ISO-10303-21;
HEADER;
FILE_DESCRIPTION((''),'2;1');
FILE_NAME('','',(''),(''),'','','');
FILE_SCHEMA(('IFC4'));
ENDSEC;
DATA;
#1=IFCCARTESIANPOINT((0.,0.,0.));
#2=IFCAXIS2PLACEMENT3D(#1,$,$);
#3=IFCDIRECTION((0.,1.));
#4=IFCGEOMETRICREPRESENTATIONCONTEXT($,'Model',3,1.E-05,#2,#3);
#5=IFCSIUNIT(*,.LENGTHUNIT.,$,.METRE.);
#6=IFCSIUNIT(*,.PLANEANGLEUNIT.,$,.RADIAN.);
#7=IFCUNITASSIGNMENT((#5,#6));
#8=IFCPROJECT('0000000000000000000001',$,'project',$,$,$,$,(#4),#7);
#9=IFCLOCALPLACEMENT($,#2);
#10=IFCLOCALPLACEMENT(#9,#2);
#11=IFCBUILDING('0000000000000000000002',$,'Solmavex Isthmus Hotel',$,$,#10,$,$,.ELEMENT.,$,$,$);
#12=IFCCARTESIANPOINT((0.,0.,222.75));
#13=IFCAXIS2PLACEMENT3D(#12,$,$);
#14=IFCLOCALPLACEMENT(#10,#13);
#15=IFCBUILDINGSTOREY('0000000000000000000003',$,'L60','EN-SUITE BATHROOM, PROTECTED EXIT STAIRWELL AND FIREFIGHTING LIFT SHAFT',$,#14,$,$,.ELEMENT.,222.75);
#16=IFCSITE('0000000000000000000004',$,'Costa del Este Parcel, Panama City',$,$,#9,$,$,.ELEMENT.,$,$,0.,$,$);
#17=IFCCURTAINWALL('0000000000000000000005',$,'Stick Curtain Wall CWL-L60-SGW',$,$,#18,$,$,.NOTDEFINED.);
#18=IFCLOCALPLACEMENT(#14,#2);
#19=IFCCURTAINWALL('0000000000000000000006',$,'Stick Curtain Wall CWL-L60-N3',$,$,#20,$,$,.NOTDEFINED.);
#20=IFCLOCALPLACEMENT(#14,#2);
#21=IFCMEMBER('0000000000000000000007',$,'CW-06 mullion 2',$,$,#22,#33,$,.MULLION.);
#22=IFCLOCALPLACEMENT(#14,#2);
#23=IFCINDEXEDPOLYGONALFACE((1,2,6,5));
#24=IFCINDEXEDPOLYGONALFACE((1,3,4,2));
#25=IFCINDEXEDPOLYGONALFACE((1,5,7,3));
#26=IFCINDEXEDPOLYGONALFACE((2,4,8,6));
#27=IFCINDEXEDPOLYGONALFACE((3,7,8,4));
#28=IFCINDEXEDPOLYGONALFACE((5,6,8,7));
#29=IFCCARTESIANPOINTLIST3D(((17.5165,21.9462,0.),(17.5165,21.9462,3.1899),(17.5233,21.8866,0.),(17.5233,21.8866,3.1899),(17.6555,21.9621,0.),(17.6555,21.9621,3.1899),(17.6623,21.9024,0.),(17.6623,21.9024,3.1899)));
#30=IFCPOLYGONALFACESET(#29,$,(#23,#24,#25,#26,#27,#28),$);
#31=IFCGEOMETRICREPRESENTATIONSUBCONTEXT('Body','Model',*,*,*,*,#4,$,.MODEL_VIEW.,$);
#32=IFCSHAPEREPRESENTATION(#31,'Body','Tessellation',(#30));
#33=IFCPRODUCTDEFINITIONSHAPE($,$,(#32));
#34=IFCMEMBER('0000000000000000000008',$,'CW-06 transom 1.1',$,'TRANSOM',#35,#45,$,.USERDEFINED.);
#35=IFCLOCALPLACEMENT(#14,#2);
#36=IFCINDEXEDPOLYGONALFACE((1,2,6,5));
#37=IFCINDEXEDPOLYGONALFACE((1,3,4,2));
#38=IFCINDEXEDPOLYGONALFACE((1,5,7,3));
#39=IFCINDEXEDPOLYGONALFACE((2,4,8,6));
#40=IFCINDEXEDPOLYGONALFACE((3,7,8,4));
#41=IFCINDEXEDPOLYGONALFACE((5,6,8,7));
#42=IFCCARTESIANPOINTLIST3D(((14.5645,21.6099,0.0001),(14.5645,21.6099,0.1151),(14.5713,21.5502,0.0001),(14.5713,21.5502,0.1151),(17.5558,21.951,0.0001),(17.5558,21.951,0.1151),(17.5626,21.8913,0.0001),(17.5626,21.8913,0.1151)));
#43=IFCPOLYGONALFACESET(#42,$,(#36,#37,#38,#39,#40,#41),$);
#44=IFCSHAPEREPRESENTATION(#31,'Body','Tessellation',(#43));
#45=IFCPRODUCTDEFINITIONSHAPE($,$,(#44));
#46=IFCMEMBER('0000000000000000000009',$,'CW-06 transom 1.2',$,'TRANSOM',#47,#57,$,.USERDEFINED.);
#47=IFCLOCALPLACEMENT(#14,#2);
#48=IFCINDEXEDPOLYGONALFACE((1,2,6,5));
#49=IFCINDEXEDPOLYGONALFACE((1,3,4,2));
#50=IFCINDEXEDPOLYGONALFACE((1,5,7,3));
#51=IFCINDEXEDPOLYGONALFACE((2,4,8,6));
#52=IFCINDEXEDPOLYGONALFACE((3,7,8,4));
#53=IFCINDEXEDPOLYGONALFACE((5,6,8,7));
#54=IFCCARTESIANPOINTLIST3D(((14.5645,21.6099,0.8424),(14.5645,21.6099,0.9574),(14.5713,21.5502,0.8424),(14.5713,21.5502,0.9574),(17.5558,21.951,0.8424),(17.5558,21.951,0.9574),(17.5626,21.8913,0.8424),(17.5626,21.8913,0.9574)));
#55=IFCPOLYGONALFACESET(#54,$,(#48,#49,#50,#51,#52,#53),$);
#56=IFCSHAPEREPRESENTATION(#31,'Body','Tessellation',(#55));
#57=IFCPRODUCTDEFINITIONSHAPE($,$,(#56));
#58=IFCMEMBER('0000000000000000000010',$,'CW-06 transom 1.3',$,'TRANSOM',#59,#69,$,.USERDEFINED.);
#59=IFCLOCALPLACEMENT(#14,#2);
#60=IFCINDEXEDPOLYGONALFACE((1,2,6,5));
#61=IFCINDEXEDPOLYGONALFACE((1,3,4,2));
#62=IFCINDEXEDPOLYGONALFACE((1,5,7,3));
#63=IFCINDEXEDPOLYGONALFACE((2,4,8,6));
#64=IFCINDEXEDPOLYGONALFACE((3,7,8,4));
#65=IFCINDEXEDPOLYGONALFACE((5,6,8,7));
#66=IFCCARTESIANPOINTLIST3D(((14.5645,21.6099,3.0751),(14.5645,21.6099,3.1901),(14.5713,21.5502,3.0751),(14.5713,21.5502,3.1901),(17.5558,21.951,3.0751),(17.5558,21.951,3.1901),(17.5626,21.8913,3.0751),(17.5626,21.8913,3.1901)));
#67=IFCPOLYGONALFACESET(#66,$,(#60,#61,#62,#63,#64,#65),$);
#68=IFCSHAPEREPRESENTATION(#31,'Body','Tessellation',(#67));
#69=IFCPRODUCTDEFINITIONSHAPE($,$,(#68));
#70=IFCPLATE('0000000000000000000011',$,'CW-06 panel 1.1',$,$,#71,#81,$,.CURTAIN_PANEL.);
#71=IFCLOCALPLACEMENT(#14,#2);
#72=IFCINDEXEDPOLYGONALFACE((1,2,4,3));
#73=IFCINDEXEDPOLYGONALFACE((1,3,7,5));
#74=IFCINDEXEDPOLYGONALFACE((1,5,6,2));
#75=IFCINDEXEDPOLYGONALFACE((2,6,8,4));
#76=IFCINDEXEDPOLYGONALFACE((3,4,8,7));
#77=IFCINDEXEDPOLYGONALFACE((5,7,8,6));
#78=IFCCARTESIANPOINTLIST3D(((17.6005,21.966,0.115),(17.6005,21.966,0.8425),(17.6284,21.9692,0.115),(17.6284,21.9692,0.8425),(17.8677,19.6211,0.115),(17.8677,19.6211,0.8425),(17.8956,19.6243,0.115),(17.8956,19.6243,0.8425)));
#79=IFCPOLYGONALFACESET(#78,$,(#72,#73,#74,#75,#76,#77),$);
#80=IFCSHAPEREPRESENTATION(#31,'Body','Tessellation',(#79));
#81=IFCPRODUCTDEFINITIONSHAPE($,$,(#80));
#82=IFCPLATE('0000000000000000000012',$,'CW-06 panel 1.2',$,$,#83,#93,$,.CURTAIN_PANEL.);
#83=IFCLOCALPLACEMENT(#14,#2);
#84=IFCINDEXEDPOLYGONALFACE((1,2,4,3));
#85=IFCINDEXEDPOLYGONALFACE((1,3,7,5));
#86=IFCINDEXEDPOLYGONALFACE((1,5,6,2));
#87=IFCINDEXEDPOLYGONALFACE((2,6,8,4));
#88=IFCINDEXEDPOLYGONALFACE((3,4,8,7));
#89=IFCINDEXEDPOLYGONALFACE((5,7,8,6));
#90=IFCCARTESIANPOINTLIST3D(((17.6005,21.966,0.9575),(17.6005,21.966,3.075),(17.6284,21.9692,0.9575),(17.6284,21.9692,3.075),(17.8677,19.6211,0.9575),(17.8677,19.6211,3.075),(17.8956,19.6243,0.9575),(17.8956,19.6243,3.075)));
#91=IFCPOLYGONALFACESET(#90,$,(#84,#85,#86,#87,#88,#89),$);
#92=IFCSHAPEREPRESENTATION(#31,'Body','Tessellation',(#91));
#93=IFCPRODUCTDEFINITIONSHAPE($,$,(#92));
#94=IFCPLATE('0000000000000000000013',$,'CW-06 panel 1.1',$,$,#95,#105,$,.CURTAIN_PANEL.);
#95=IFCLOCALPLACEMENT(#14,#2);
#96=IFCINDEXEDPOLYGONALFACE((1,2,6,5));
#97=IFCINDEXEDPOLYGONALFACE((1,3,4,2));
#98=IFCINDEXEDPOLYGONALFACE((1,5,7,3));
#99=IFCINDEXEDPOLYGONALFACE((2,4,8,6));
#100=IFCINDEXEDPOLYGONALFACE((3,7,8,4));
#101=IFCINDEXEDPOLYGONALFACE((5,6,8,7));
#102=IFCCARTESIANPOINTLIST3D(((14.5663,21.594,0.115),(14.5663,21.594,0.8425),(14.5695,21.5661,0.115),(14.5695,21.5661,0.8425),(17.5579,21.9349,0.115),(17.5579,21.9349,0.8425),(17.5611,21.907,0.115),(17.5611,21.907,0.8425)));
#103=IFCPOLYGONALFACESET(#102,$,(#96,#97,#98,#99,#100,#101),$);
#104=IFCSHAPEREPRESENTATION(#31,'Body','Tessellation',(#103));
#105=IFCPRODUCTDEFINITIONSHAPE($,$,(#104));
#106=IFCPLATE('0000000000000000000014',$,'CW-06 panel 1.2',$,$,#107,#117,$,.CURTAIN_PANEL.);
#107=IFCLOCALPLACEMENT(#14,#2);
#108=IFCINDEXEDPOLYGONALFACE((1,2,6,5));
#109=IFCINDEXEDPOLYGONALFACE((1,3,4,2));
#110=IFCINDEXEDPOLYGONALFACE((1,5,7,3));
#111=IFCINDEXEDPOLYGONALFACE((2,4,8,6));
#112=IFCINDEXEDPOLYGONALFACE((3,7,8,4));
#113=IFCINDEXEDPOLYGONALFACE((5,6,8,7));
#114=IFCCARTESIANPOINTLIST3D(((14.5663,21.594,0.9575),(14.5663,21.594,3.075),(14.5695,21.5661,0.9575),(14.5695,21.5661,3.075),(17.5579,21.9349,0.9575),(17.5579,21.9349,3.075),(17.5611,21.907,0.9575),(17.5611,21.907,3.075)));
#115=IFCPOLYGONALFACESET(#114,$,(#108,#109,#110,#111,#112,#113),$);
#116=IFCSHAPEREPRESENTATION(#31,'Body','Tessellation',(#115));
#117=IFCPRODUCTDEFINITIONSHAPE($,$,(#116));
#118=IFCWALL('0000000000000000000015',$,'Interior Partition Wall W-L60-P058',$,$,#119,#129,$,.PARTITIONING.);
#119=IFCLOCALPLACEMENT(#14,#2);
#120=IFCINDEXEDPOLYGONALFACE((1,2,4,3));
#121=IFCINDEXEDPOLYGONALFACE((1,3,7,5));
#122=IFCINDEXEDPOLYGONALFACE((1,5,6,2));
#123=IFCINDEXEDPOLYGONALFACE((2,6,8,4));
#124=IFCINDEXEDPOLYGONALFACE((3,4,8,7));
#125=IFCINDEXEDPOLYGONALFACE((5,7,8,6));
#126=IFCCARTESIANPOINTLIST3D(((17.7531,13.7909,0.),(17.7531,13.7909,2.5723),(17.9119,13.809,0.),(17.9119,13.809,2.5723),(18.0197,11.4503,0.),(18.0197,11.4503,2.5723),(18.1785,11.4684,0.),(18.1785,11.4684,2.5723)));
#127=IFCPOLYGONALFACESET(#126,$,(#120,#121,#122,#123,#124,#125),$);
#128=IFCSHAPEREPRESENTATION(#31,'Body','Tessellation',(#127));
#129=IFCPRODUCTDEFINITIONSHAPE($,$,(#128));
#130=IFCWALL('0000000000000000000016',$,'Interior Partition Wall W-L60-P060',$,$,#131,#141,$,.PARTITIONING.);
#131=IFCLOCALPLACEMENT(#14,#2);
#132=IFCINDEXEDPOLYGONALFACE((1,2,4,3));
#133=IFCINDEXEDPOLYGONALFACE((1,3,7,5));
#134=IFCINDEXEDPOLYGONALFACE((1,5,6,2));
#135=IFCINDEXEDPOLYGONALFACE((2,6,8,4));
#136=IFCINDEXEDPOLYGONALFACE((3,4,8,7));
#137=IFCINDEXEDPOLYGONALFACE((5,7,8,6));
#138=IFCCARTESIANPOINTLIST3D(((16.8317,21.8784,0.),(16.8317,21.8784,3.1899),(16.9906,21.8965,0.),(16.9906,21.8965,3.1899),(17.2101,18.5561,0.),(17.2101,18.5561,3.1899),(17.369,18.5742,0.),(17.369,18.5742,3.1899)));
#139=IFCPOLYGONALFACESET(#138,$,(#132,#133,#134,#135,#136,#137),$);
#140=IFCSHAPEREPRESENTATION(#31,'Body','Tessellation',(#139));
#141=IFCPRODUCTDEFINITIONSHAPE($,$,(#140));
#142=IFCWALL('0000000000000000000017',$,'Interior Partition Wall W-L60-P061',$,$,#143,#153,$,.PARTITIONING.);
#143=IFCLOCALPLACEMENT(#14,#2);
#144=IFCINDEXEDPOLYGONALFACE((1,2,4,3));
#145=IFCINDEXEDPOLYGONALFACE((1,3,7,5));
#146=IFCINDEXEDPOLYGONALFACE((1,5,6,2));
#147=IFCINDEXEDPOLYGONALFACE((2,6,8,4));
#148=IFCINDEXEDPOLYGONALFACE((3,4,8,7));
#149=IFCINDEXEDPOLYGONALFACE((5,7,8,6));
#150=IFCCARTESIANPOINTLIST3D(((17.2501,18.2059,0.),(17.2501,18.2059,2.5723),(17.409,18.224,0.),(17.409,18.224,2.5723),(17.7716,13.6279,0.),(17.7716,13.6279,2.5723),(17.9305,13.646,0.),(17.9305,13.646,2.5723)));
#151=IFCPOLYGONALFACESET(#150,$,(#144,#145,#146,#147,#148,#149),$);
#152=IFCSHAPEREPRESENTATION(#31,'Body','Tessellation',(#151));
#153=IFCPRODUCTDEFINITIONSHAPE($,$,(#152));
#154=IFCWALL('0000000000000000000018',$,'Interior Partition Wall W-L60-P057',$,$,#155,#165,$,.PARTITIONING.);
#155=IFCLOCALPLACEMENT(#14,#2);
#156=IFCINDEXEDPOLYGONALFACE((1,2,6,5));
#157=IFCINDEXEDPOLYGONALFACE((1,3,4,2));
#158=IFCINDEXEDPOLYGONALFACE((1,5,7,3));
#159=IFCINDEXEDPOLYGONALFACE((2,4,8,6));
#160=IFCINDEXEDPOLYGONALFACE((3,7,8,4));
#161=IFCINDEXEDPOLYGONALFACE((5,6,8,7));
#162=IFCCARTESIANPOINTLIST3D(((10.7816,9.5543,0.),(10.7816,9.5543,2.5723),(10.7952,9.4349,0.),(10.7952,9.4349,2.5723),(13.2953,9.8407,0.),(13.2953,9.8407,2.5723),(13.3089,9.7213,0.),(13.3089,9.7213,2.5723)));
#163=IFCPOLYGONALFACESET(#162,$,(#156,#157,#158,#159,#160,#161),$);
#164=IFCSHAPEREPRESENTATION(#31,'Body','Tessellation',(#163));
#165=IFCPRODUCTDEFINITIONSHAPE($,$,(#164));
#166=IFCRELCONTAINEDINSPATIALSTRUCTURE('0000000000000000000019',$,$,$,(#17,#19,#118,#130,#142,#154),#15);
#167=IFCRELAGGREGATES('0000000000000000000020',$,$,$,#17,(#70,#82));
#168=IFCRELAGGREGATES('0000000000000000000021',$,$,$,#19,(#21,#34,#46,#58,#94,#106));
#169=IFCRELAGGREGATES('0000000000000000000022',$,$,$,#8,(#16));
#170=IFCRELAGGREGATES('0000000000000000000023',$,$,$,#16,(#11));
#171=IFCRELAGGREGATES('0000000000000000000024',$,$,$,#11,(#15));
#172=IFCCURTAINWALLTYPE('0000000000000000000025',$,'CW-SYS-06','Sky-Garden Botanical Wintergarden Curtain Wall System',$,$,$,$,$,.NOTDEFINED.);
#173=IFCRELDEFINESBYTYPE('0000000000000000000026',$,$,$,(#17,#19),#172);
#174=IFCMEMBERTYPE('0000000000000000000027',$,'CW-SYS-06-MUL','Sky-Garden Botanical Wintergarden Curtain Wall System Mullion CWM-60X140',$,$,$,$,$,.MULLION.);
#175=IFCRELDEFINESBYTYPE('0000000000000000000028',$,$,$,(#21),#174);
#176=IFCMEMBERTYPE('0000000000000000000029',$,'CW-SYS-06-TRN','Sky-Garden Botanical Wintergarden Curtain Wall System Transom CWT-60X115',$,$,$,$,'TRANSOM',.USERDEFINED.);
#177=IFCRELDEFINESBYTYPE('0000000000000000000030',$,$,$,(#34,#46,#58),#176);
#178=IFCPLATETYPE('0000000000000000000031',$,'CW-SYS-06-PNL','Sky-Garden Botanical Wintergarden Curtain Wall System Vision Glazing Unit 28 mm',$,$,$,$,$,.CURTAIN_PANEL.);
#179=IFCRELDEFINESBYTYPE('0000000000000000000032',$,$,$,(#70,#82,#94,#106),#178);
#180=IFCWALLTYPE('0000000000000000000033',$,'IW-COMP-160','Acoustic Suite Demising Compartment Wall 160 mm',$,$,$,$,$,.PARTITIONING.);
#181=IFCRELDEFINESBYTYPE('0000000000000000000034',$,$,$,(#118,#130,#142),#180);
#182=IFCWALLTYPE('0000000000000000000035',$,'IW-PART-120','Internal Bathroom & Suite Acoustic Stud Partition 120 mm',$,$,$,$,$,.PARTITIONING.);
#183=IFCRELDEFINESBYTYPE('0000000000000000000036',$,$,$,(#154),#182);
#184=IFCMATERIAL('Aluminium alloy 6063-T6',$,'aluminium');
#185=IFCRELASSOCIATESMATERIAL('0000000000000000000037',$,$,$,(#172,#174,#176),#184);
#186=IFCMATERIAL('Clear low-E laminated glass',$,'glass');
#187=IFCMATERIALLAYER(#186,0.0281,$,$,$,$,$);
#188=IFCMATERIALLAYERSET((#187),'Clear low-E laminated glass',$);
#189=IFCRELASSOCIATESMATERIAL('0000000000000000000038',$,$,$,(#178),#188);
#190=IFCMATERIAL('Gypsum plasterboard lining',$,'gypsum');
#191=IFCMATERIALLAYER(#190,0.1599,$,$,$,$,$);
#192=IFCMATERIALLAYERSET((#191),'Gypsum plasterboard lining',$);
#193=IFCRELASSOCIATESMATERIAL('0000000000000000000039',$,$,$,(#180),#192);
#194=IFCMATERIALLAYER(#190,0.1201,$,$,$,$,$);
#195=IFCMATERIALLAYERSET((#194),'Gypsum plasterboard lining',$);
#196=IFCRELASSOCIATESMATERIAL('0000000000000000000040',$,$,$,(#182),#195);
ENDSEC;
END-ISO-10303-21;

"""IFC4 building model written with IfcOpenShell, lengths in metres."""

from ifc_helpers import new_model, si_unit, direction, frame, frame_2d, origin, origin_2d, place, context, subcontext, project, spatial, rectangle, extrude, material, layer, layer_set, material_profile, profile_set, type_object, element, aggregate, save


model = new_model("IFC4")

# Units and contexts
model_context = context("Model", 3, precision=1e-05, world=origin(), true_north=direction((0.0, 1.0)))
body_context = subcontext(model_context, "Body", "Model", "MODEL_VIEW")
ifc_project = project(units=[si_unit("LENGTHUNIT", "METRE"), si_unit("PLANEANGLEUNIT", "RADIAN")], contexts=[model_context])

# Site, building, storey
site_placement = place(None, origin())
site = spatial("IfcSite", under=ifc_project, at=site_placement, Name="Costa del Este Parcel, Panama City", CompositionType="ELEMENT", RefElevation=0.0)
building_placement = place(site_placement, origin())
building = spatial("IfcBuilding", under=site, at=building_placement, Name="Solmavex Isthmus Hotel", CompositionType="ELEMENT")
storey_placement = place(building_placement, frame((0.0, 0.0, 222.75)))
storey = spatial("IfcBuildingStorey", under=building, at=storey_placement, Name="L60", Description="EN-SUITE BATHROOM, PROTECTED EXIT STAIRWELL AND FIREFIGHTING LIFT SHAFT", CompositionType="ELEMENT", Elevation=222.75)

# Curtain wall
ifc_material_1 = material(Name="Aluminium alloy 6063-T6", Category="aluminium")
curtain_wall_type = type_object("IfcCurtainWallType", Name="CW-SYS-06", Description="Sky-Garden Botanical Wintergarden Curtain Wall System", PredefinedType="NOTDEFINED", material=ifc_material_1)
curtain_wall_1_placement = place(storey_placement, origin())
curtain_wall_1 = element("IfcCurtainWall", 1, at=curtain_wall_1_placement, inside=storey, type_object=curtain_wall_type, Name="Stick Curtain Wall CWL-L60-SGW", PredefinedType="NOTDEFINED")
ifc_material_profile_1 = material_profile(ifc_material_1, rectangle(XDim=0.0601, YDim=0.1399, at=origin_2d()), Name="CWM-60X140")
ifc_profile_set_1 = profile_set([ifc_material_profile_1], Name="Aluminium alloy 6063-T6")
member_type_1 = type_object("IfcMemberType", Name="CW-SYS-06-MUL", Description="Sky-Garden Botanical Wintergarden Curtain Wall System Mullion CWM-60X140", PredefinedType="MULLION", material=ifc_profile_set_1)

# Curtain wall, members
curtain_wall_2_placement = place(storey_placement, origin())
curtain_wall_2 = element("IfcCurtainWall", 2, at=curtain_wall_2_placement, inside=storey, type_object=curtain_wall_type, Name="Stick Curtain Wall CWL-L60-N3", PredefinedType="NOTDEFINED")
member_1_placement = place(storey_placement, frame((17.5894, 21.9243, 0.0), z_axis=(0.0, 0.0, 1.0), x_axis=(-0.113203, 0.993572, 0.0)))
member_1 = element("IfcMember", 3, at=member_1_placement, type_object=member_type_1, Name="CW-06 mullion 2", PredefinedType="MULLION", context=body_context, shape_type="SweptSolid", body=[
    extrude(rectangle(XDim=0.0601, YDim=0.1399, at=origin_2d()), origin(), (0.0, 0.0, 1.0), 3.1899),
])
ifc_material_profile_2 = material_profile(ifc_material_1, rectangle(XDim=0.0601, YDim=0.115, at=origin_2d()), Name="CWT-60X115")
ifc_profile_set_2 = profile_set([ifc_material_profile_2], Name="Aluminium alloy 6063-T6")
member_type_2 = type_object("IfcMemberType", Name="CW-SYS-06-TRN", Description="Sky-Garden Botanical Wintergarden Curtain Wall System Transom CWT-60X115", ElementType="TRANSOM", PredefinedType="USERDEFINED", material=ifc_profile_set_2)
member_2_placement = place(storey_placement, frame((14.5679, 21.5801, 0.0576), z_axis=(0.993563, 0.113279, 0.0), x_axis=(-0.113279, 0.993563, 0.0)))
member_2 = element("IfcMember", 4, at=member_2_placement, type_object=member_type_2, Name="CW-06 transom 1.1", ObjectType="TRANSOM", PredefinedType="USERDEFINED", context=body_context, shape_type="SweptSolid", body=[
    extrude(rectangle(XDim=0.0601, YDim=0.115, at=origin_2d()), origin(), (0.0, 0.0, 1.0), 3.0107),
])
member_3_placement = place(storey_placement, frame((14.5679, 21.5801, 0.8999), z_axis=(0.993563, 0.113279, 0.0), x_axis=(-0.113279, 0.993563, 0.0)))
member_3 = element("IfcMember", 5, at=member_3_placement, type_object=member_type_2, Name="CW-06 transom 1.2", ObjectType="TRANSOM", PredefinedType="USERDEFINED", context=body_context, shape_type="SweptSolid", body=[
    extrude(rectangle(XDim=0.0601, YDim=0.115, at=origin_2d()), origin(), (0.0, 0.0, 1.0), 3.0107),
])
member_4_placement = place(storey_placement, frame((14.5679, 21.5801, 3.1326), z_axis=(0.993563, 0.113279, 0.0), x_axis=(-0.113279, 0.993563, 0.0)))
member_4 = element("IfcMember", 6, at=member_4_placement, type_object=member_type_2, Name="CW-06 transom 1.3", ObjectType="TRANSOM", PredefinedType="USERDEFINED", context=body_context, shape_type="SweptSolid", body=[
    extrude(rectangle(XDim=0.0601, YDim=0.115, at=origin_2d()), origin(), (0.0, 0.0, 1.0), 3.0107),
])

# Plates
ifc_material_2 = material(Name="Clear low-E laminated glass", Category="glass")
ifc_layer_1 = layer(ifc_material_2, 0.0281)
ifc_layer_set_1 = layer_set([ifc_layer_1], Name="Clear low-E laminated glass")
plate_type = type_object("IfcPlateType", Name="CW-SYS-06-PNL", Description="Sky-Garden Botanical Wintergarden Curtain Wall System Vision Glazing Unit 28 mm", PredefinedType="CURTAIN_PANEL", material=ifc_layer_set_1)
plate_1_placement = place(storey_placement, frame((17.748, 20.7952, 0.115), z_axis=(0.0, 0.0, 1.0), x_axis=(-0.113202, 0.993572, 0.0)))
plate_1 = element("IfcPlate", 7, at=plate_1_placement, type_object=plate_type, Name="CW-06 panel 1.1", PredefinedType="CURTAIN_PANEL", context=body_context, shape_type="SweptSolid", body=[
    extrude(rectangle(XDim=2.3601, YDim=0.0281, at=origin_2d()), origin(), (0.0, 0.0, 1.0), 0.7275),
])
plate_2_placement = place(storey_placement, frame((17.748, 20.7952, 0.9575), z_axis=(0.0, 0.0, 1.0), x_axis=(-0.113202, 0.993572, 0.0)))
plate_2 = element("IfcPlate", 8, at=plate_2_placement, type_object=plate_type, Name="CW-06 panel 1.2", PredefinedType="CURTAIN_PANEL", context=body_context, shape_type="SweptSolid", body=[
    extrude(rectangle(XDim=2.3601, YDim=0.0281, at=origin_2d()), origin(), (0.0, 0.0, 1.0), 2.1174),
])
aggregate(curtain_wall_1, [plate_1, plate_2])
plate_3_placement = place(storey_placement, frame((16.0637, 21.7505, 0.115), z_axis=(0.0, 0.0, 1.0), x_axis=(0.993572, 0.113203, 0.0)))
plate_3 = element("IfcPlate", 9, at=plate_3_placement, type_object=plate_type, Name="CW-06 panel 1.1", PredefinedType="CURTAIN_PANEL", context=body_context, shape_type="SweptSolid", body=[
    extrude(rectangle(XDim=3.011, YDim=0.0281, at=origin_2d()), origin(), (0.0, 0.0, 1.0), 0.7275),
])
plate_4_placement = place(storey_placement, frame((16.0637, 21.7505, 0.9575), z_axis=(0.0, 0.0, 1.0), x_axis=(0.993572, 0.113203, 0.0)))
plate_4 = element("IfcPlate", 10, at=plate_4_placement, type_object=plate_type, Name="CW-06 panel 1.2", PredefinedType="CURTAIN_PANEL", context=body_context, shape_type="SweptSolid", body=[
    extrude(rectangle(XDim=3.011, YDim=0.0281, at=origin_2d()), origin(), (0.0, 0.0, 1.0), 2.1174),
])
aggregate(curtain_wall_2, [member_1, member_2, member_3, member_4, plate_3, plate_4])

# Walls
ifc_material_3 = material(Name="Gypsum plasterboard lining", Category="gypsum")
ifc_layer_2 = layer(ifc_material_3, 0.1599)
ifc_layer_set_2 = layer_set([ifc_layer_2], Name="Gypsum plasterboard lining")
wall_type_1 = type_object("IfcWallType", Name="IW-COMP-160", Description="Acoustic Suite Demising Compartment Wall 160 mm", PredefinedType="PARTITIONING", material=ifc_layer_set_2)
wall_1_placement = place(storey_placement, frame((17.8325, 13.7998, 0.0), z_axis=(0.0, 0.0, 1.0), x_axis=(0.113172, -0.993575, 0.0)))
element("IfcWall", 11, at=wall_1_placement, inside=storey, type_object=wall_type_1, Name="Interior Partition Wall W-L60-P058", PredefinedType="PARTITIONING", context=body_context, shape_type="SweptSolid", body=[
    extrude(rectangle(XDim=2.3557, YDim=0.1599, at=frame_2d((1.1777, 0.0))), origin(), (0.0, 0.0, 1.0), 2.5723),
])
wall_2_placement = place(storey_placement, frame((16.9111, 21.8875, 0.0), z_axis=(0.0, 0.0, 1.0), x_axis=(0.113172, -0.993575, 0.0)))
element("IfcWall", 12, at=wall_2_placement, inside=storey, type_object=wall_type_1, Name="Interior Partition Wall W-L60-P060", PredefinedType="PARTITIONING", context=body_context, shape_type="SweptSolid", body=[
    extrude(rectangle(XDim=3.3438, YDim=0.1599, at=frame_2d((1.6719, 0.0))), origin(), (0.0, 0.0, 1.0), 3.1899),
])
wall_3_placement = place(storey_placement, frame((17.3296, 18.2148, 0.0), z_axis=(0.0, 0.0, 1.0), x_axis=(0.113176, -0.993575, 0.0)))
element("IfcWall", 13, at=wall_3_placement, inside=storey, type_object=wall_type_1, Name="Interior Partition Wall W-L60-P061", PredefinedType="PARTITIONING", context=body_context, shape_type="SweptSolid", body=[
    extrude(rectangle(XDim=4.6077, YDim=0.1599, at=frame_2d((2.3037, 0.0))), origin(), (0.0, 0.0, 1.0), 2.5723),
])

# Wall
ifc_layer_3 = layer(ifc_material_3, 0.1201)
ifc_layer_set_3 = layer_set([ifc_layer_3], Name="Gypsum plasterboard lining")
wall_type_2 = type_object("IfcWallType", Name="IW-PART-120", Description="Internal Bathroom & Suite Acoustic Stud Partition 120 mm", PredefinedType="PARTITIONING", material=ifc_layer_set_3)
wall_4_placement = place(storey_placement, frame((13.3022, 9.781, 0.0), z_axis=(0.0, 0.0, 1.0), x_axis=(-0.993573, -0.113195, 0.0)))
element("IfcWall", 14, at=wall_4_placement, inside=storey, type_object=wall_type_2, Name="Interior Partition Wall W-L60-P057", PredefinedType="PARTITIONING", context=body_context, shape_type="SweptSolid", body=[
    extrude(rectangle(XDim=2.53, YDim=0.1201, at=frame_2d((1.2651, 0.0))), origin(), (0.0, 0.0, 1.0), 2.5723),
])

save(model, "model.ifc")
